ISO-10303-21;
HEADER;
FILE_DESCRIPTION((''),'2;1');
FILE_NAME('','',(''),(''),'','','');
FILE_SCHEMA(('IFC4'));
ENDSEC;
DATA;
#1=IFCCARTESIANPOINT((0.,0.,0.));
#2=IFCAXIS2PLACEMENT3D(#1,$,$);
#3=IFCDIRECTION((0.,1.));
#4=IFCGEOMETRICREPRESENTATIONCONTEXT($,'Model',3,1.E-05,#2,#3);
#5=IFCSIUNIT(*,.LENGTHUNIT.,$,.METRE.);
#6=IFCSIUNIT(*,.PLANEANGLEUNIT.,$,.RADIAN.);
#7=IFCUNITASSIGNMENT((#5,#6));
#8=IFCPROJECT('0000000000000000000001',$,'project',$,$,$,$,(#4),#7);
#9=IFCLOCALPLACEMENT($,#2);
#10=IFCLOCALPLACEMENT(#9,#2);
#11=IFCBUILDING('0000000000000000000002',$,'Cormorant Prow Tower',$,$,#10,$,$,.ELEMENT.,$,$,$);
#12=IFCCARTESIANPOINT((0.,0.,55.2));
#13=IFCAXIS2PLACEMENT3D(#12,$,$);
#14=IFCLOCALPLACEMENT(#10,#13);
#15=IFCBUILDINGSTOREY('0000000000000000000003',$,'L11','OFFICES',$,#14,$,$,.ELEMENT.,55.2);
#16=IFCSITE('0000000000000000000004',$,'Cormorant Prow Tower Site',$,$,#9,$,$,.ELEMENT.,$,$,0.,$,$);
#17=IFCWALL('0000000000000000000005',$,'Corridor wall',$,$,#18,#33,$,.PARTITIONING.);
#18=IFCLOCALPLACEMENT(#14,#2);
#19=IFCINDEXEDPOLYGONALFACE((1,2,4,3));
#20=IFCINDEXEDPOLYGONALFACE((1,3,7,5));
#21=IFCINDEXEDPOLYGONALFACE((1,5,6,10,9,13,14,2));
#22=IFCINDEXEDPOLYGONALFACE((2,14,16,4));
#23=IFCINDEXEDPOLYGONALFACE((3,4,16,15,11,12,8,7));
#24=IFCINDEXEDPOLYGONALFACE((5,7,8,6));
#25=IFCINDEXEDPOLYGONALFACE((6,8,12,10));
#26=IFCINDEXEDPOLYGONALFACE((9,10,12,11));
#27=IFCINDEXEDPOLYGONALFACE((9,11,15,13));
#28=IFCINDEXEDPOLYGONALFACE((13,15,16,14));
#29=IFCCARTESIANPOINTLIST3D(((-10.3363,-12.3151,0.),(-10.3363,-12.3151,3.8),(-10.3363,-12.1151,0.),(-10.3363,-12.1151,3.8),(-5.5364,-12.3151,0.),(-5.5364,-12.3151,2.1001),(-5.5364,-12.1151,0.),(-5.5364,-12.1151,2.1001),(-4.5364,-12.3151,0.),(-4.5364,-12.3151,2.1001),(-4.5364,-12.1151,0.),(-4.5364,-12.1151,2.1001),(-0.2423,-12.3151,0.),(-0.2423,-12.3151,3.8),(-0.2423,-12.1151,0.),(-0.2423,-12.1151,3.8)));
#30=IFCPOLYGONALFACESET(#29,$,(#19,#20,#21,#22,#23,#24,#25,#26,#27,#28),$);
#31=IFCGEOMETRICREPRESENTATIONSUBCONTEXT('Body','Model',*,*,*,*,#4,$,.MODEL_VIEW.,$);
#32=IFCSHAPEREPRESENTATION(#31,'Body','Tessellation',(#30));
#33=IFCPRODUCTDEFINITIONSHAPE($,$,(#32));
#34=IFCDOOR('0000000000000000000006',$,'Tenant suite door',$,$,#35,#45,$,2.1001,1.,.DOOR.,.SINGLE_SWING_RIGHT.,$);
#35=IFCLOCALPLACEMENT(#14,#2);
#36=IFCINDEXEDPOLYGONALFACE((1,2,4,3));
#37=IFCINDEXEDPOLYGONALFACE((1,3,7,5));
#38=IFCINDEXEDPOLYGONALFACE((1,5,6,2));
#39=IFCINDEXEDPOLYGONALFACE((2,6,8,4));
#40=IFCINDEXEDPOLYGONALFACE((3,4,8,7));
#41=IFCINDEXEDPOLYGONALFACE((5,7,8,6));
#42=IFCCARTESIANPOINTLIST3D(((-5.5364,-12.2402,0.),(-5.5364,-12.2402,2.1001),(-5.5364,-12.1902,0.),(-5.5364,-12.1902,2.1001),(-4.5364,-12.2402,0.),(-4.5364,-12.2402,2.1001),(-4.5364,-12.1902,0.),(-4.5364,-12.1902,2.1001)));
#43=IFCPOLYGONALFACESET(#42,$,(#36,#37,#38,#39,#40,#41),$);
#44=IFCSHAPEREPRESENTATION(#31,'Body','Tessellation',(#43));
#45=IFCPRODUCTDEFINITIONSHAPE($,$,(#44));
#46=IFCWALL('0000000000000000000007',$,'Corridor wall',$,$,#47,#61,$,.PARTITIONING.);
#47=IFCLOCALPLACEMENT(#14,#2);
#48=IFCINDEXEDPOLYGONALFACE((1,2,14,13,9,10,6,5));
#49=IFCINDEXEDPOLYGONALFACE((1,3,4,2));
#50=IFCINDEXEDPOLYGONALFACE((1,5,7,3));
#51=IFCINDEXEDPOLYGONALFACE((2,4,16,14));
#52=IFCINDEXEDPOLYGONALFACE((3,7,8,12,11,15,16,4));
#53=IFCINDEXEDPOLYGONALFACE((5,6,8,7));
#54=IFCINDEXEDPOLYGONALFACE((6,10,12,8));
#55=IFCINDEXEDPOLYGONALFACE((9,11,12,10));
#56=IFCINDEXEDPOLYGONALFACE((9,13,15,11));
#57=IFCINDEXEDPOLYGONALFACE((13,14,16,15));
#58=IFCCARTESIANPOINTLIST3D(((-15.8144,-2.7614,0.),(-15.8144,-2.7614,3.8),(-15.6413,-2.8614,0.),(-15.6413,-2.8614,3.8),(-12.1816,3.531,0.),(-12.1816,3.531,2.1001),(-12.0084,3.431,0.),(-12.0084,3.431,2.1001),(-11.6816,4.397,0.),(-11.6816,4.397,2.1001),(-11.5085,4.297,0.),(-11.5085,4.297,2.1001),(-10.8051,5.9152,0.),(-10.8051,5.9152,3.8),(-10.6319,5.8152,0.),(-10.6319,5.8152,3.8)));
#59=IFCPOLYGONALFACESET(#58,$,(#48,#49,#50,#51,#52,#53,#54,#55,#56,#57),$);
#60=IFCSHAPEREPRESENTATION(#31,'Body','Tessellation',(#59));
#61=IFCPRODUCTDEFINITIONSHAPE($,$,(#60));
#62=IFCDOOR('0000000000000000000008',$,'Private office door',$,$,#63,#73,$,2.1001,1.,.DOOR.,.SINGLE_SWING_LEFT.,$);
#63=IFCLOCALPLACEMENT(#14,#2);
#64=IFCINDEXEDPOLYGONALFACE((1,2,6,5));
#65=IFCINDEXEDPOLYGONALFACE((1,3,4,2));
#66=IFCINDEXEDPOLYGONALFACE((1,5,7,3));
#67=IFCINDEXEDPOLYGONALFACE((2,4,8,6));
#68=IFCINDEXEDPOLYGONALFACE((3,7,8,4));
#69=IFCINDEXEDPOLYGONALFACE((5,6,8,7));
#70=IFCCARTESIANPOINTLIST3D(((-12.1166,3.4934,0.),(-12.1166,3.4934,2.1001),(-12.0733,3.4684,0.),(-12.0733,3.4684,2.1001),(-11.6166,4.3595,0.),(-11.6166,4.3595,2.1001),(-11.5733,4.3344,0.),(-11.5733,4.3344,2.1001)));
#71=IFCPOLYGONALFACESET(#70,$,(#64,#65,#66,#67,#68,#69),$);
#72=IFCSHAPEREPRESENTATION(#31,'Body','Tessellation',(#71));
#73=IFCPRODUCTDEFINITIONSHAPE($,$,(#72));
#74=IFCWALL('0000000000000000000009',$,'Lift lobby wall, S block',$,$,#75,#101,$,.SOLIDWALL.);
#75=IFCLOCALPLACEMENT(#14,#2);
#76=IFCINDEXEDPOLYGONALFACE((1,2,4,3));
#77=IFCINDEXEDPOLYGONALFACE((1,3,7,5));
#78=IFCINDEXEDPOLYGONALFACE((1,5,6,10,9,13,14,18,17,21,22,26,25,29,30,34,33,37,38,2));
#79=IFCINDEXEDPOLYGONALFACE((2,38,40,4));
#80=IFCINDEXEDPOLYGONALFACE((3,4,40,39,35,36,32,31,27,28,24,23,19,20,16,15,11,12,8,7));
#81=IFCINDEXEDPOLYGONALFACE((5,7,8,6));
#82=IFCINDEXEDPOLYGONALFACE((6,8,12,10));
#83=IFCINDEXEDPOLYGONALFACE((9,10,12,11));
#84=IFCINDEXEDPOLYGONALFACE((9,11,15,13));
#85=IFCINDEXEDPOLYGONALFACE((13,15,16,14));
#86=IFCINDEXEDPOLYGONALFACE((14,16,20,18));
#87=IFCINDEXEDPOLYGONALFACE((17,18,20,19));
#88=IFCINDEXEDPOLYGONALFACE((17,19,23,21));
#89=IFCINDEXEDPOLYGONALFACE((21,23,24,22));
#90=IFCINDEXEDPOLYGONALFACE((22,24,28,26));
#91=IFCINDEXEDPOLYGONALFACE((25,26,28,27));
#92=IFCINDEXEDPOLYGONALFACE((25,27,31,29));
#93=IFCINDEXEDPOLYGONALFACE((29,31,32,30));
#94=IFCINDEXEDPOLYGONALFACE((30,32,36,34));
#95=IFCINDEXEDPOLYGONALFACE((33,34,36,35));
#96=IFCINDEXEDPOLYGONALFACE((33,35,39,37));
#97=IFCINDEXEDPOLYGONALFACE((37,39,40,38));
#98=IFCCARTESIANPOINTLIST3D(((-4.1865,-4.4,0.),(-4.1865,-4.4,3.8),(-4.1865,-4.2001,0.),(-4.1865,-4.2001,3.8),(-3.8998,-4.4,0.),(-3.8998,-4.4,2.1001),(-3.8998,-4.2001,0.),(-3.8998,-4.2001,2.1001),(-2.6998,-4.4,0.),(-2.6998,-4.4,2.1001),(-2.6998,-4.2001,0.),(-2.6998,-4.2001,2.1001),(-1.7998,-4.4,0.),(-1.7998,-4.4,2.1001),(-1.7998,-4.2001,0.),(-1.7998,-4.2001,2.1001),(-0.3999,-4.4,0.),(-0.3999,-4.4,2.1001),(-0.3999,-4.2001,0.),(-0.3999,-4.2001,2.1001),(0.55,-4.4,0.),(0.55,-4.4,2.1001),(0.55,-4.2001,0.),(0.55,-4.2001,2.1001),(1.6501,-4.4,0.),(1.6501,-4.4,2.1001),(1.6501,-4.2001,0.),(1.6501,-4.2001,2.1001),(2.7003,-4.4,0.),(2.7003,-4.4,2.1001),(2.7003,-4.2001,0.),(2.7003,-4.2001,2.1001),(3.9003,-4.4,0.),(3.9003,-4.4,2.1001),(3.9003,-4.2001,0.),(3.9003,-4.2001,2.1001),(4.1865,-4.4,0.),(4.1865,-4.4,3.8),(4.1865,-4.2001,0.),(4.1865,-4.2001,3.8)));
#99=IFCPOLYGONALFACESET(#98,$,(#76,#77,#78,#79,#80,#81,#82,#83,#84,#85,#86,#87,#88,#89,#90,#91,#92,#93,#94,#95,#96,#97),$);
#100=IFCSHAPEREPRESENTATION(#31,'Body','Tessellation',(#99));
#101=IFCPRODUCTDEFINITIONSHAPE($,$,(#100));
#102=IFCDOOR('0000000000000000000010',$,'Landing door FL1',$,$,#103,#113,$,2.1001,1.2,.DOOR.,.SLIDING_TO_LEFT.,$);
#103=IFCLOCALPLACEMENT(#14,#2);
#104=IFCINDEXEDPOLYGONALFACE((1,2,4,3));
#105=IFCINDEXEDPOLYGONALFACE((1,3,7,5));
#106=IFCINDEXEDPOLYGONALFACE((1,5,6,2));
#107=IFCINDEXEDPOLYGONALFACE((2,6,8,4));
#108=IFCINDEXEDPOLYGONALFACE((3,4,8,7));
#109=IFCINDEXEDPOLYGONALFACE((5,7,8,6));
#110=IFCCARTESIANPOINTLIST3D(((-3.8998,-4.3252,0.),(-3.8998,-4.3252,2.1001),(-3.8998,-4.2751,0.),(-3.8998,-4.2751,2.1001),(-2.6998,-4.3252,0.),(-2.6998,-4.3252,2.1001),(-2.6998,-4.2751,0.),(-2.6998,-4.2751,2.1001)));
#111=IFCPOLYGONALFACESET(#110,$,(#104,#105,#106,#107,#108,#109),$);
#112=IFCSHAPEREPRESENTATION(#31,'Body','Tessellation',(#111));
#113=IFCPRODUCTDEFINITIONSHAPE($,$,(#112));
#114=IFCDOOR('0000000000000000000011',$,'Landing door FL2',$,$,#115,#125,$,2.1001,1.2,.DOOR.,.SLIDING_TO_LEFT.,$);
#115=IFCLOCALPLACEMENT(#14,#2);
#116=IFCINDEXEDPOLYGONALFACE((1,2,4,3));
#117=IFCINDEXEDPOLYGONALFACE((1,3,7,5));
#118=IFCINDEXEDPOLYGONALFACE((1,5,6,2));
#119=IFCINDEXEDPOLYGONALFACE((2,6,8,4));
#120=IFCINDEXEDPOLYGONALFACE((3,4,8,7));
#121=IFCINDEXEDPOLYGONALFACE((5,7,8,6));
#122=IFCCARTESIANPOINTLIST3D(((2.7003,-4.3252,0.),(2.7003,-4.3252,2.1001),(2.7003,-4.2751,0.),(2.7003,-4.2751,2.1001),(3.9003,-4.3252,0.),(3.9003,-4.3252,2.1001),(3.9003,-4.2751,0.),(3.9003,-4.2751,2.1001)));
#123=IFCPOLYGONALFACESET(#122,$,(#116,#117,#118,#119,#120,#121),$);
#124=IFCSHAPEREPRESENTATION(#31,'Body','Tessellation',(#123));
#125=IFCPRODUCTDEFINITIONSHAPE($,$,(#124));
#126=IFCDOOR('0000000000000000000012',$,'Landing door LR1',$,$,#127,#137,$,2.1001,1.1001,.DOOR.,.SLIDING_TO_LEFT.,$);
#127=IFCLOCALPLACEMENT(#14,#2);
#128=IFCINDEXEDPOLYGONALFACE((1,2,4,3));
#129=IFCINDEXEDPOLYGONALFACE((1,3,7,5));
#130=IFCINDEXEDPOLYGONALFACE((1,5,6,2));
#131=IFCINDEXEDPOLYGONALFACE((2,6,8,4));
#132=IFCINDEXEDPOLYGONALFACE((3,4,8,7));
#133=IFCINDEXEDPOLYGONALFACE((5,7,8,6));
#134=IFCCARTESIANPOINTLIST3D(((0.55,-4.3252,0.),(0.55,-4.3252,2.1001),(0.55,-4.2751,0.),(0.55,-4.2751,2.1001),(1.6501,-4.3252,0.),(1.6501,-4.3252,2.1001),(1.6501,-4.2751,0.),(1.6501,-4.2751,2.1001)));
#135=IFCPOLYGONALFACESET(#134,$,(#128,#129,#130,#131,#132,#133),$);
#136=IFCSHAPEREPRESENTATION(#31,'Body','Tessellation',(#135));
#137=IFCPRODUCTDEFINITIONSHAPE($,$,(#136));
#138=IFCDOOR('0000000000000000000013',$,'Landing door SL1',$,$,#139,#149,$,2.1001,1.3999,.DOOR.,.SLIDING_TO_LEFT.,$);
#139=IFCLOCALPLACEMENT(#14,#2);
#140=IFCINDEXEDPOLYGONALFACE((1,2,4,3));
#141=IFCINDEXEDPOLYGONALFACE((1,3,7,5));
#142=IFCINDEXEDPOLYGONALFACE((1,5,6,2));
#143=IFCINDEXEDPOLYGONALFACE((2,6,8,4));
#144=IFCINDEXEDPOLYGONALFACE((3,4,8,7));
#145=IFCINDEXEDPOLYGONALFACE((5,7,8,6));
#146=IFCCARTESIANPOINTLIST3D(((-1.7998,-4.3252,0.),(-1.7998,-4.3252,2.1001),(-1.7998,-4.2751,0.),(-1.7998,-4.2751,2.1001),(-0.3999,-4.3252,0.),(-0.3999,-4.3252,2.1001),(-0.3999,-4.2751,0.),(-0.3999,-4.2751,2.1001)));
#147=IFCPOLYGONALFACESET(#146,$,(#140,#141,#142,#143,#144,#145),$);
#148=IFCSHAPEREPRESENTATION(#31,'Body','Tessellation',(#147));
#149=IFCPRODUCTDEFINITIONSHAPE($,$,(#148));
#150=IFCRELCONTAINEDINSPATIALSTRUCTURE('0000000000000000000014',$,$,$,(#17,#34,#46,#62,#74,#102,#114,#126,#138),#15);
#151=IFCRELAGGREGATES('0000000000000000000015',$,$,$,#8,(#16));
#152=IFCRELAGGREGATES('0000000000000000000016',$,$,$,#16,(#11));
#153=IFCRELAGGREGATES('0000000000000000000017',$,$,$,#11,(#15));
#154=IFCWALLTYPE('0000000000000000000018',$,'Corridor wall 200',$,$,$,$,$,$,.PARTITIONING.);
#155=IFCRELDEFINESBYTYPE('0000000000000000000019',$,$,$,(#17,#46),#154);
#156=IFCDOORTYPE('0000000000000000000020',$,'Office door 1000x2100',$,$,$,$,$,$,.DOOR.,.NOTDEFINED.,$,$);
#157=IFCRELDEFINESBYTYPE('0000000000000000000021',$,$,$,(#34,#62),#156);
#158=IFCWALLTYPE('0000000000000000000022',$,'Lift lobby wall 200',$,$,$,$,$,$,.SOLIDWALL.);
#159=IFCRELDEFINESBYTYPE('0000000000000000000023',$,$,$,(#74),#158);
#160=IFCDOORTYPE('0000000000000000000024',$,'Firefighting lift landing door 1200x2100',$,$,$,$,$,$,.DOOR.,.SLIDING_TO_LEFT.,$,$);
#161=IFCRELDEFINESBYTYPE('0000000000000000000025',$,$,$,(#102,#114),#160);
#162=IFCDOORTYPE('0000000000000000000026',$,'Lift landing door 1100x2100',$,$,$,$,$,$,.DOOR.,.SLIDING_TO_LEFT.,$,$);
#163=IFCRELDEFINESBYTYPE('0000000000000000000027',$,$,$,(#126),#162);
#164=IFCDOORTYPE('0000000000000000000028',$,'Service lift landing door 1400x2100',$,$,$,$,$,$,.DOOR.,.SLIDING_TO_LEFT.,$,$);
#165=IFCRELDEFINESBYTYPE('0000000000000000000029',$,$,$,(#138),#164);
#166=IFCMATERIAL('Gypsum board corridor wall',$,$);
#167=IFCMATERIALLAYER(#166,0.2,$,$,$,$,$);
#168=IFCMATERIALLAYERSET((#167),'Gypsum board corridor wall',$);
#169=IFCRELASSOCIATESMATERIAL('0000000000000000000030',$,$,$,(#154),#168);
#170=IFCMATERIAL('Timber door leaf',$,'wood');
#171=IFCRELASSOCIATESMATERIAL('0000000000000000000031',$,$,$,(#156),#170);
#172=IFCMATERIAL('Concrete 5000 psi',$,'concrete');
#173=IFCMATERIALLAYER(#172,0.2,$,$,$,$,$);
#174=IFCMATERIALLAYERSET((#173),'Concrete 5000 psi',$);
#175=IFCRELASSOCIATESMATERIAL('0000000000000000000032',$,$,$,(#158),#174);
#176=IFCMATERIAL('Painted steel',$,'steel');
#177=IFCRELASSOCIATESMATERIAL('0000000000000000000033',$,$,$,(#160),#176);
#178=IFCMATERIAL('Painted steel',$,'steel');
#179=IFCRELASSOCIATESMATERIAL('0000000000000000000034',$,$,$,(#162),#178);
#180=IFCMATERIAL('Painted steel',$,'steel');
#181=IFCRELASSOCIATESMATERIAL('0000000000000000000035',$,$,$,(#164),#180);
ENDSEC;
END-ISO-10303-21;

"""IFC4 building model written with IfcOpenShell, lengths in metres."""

from ifc_helpers import new_model, si_unit, direction, frame, frame_2d, origin, place, context, subcontext, project, spatial, rectangle, extrude, material, layer, layer_set, type_object, element, fill, save


model = new_model("IFC4")

# Units and contexts
model_context = context("Model", 3, precision=1e-05, world=origin(), true_north=direction((0.0, 1.0)))
body_context = subcontext(model_context, "Body", "Model", "MODEL_VIEW")
ifc_project = project(units=[si_unit("LENGTHUNIT", "METRE"), si_unit("PLANEANGLEUNIT", "RADIAN")], contexts=[model_context])

# Site, building, storey
site_placement = place(None, origin())
site = spatial("IfcSite", under=ifc_project, at=site_placement, Name="Cormorant Prow Tower Site", CompositionType="ELEMENT", RefElevation=0.0)
building_placement = place(site_placement, origin())
building = spatial("IfcBuilding", under=site, at=building_placement, Name="Cormorant Prow Tower", CompositionType="ELEMENT")
storey_placement = place(building_placement, frame((0.0, 0.0, 55.2)))
storey = spatial("IfcBuildingStorey", under=building, at=storey_placement, Name="L11", Description="OFFICES", CompositionType="ELEMENT", Elevation=55.2)

# Walls, openings, doors
ifc_material_1 = material(Name="Gypsum board corridor wall")
ifc_layer_1 = layer(ifc_material_1, 0.2)
ifc_layer_set_1 = layer_set([ifc_layer_1], Name="Gypsum board corridor wall")
wall_type_1 = type_object("IfcWallType", Name="Corridor wall 200", PredefinedType="PARTITIONING", material=ifc_layer_set_1)
wall_1_placement = place(storey_placement, frame((-10.3362, -12.2151, 0.0), z_axis=(0.0, 0.0, 1.0), x_axis=(1.0, 0.0, 0.0)))
wall_1 = element("IfcWall", 1, at=wall_1_placement, inside=storey, type_object=wall_type_1, Name="Corridor wall", PredefinedType="PARTITIONING", context=body_context, shape_type="SweptSolid", body=[
    extrude(rectangle(XDim=10.094, YDim=0.2, at=frame_2d((5.0469, 0.0))), origin(), (0.0, 0.0, 1.0), 3.8),
])
opening_1_placement = place(wall_1_placement, frame((4.7998, 0.0, 0.0)))
opening_1 = element("IfcOpeningElement", 2, at=opening_1_placement, cuts=wall_1, PredefinedType="OPENING", context=body_context, shape_type="SweptSolid", body=[
    extrude(rectangle(XDim=1.0, YDim=2.1001, at=frame_2d((0.5, 1.05))), frame((0.0, 0.1099, 0.0), z_axis=(0.0, -1.0, 0.0), x_axis=(1.0, 0.0, 0.0)), (0.0, 0.0, 1.0), 0.22),
])
ifc_material_2 = material(Name="Timber door leaf", Category="wood")
door_type_1 = type_object("IfcDoorType", Name="Office door 1000x2100", OperationType="NOTDEFINED", PredefinedType="DOOR", material=ifc_material_2)
door_1_placement = place(opening_1_placement, origin())
door_1 = element("IfcDoor", 3, at=door_1_placement, inside=storey, type_object=door_type_1, Name="Tenant suite door", OperationType="SINGLE_SWING_RIGHT", OverallHeight=2.1001, OverallWidth=1.0, PredefinedType="DOOR", context=body_context, shape_type="SweptSolid", body=[
    extrude(rectangle(XDim=1.0, YDim=2.1001, at=frame_2d((0.5, 1.05))), frame((0.0, 0.0249, 0.0), z_axis=(0.0, -1.0, 0.0), x_axis=(1.0, 0.0, 0.0)), (0.0, 0.0, 1.0), 0.05),
])
fill(opening_1, door_1)
wall_2_placement = place(storey_placement, frame((-15.7278, -2.8113, 0.0), z_axis=(0.0, 0.0, 1.0), x_axis=(0.499992, 0.86603, 0.0)))
wall_2 = element("IfcWall", 4, at=wall_2_placement, inside=storey, type_object=wall_type_1, Name="Corridor wall", PredefinedType="PARTITIONING", context=body_context, shape_type="SweptSolid", body=[
    extrude(rectangle(XDim=10.0188, YDim=0.2, at=frame_2d((5.0093, 0.0))), origin(), (0.0, 0.0, 1.0), 3.8),
])
opening_2_placement = place(wall_2_placement, frame((7.2656, 0.0, 0.0)))
opening_2 = element("IfcOpeningElement", 5, at=opening_2_placement, cuts=wall_2, PredefinedType="OPENING", context=body_context, shape_type="SweptSolid", body=[
    extrude(rectangle(XDim=1.0, YDim=2.1001, at=frame_2d((0.5, 1.05))), frame((0.0, 0.1099, 0.0), z_axis=(0.0, -1.0, 0.0), x_axis=(1.0, 0.0, 0.0)), (0.0, 0.0, 1.0), 0.22),
])
door_2_placement = place(opening_2_placement, origin())
door_2 = element("IfcDoor", 6, at=door_2_placement, inside=storey, type_object=door_type_1, Name="Private office door", OperationType="SINGLE_SWING_LEFT", OverallHeight=2.1001, OverallWidth=1.0, PredefinedType="DOOR", context=body_context, shape_type="SweptSolid", body=[
    extrude(rectangle(XDim=1.0, YDim=2.1001, at=frame_2d((0.5, 1.05))), frame((0.0, 0.0249, 0.0), z_axis=(0.0, -1.0, 0.0), x_axis=(1.0, 0.0, 0.0)), (0.0, 0.0, 1.0), 0.05),
])
fill(opening_2, door_2)

# Wall, openings, doors
ifc_material_3 = material(Name="Concrete 5000 psi", Category="concrete")
ifc_layer_2 = layer(ifc_material_3, 0.2)
ifc_layer_set_2 = layer_set([ifc_layer_2], Name="Concrete 5000 psi")
wall_type_2 = type_object("IfcWallType", Name="Lift lobby wall 200", PredefinedType="SOLIDWALL", material=ifc_layer_set_2)
wall_3_placement = place(storey_placement, frame((-4.1865, -4.3, 0.0), z_axis=(0.0, 0.0, 1.0), x_axis=(1.0, 0.0, 0.0)))
wall_3 = element("IfcWall", 7, at=wall_3_placement, inside=storey, type_object=wall_type_2, Name="Lift lobby wall, S block", PredefinedType="SOLIDWALL", context=body_context, shape_type="SweptSolid", body=[
    extrude(rectangle(XDim=8.373, YDim=0.2, at=frame_2d((4.1865, 0.0))), origin(), (0.0, 0.0, 1.0), 3.8),
])
opening_3_placement = place(wall_3_placement, frame((0.2866, 0.0, 0.0)))
opening_3 = element("IfcOpeningElement", 8, at=opening_3_placement, cuts=wall_3, PredefinedType="OPENING", context=body_context, shape_type="SweptSolid", body=[
    extrude(rectangle(XDim=1.2, YDim=2.1001, at=frame_2d((0.6001, 1.05))), frame((0.0, 0.1099, 0.0), z_axis=(0.0, -1.0, 0.0), x_axis=(1.0, 0.0, 0.0)), (0.0, 0.0, 1.0), 0.22),
])
opening_4_placement = place(wall_3_placement, frame((2.3867, 0.0, 0.0)))
opening_4 = element("IfcOpeningElement", 9, at=opening_4_placement, cuts=wall_3, PredefinedType="OPENING", context=body_context, shape_type="SweptSolid", body=[
    extrude(rectangle(XDim=1.3999, YDim=2.1001, at=frame_2d((0.7, 1.05))), frame((0.0, 0.1099, 0.0), z_axis=(0.0, -1.0, 0.0), x_axis=(1.0, 0.0, 0.0)), (0.0, 0.0, 1.0), 0.22),
])
opening_5_placement = place(wall_3_placement, frame((4.7366, 0.0, 0.0)))
opening_5 = element("IfcOpeningElement", 10, at=opening_5_placement, cuts=wall_3, PredefinedType="OPENING", context=body_context, shape_type="SweptSolid", body=[
    extrude(rectangle(XDim=1.1001, YDim=2.1001, at=frame_2d((0.55, 1.05))), frame((0.0, 0.1099, 0.0), z_axis=(0.0, -1.0, 0.0), x_axis=(1.0, 0.0, 0.0)), (0.0, 0.0, 1.0), 0.22),
])
opening_6_placement = place(wall_3_placement, frame((6.8867, 0.0, 0.0)))
opening_6 = element("IfcOpeningElement", 11, at=opening_6_placement, cuts=wall_3, PredefinedType="OPENING", context=body_context, shape_type="SweptSolid", body=[
    extrude(rectangle(XDim=1.2, YDim=2.1001, at=frame_2d((0.6001, 1.05))), frame((0.0, 0.1099, 0.0), z_axis=(0.0, -1.0, 0.0), x_axis=(1.0, 0.0, 0.0)), (0.0, 0.0, 1.0), 0.22),
])
ifc_material_4 = material(Name="Painted steel", Category="steel")
door_type_2 = type_object("IfcDoorType", Name="Firefighting lift landing door 1200x2100", OperationType="SLIDING_TO_LEFT", PredefinedType="DOOR", material=ifc_material_4)
door_3_placement = place(opening_3_placement, origin())
door_3 = element("IfcDoor", 12, at=door_3_placement, inside=storey, type_object=door_type_2, Name="Landing door FL1", OperationType="SLIDING_TO_LEFT", OverallHeight=2.1001, OverallWidth=1.2, PredefinedType="DOOR", context=body_context, shape_type="SweptSolid", body=[
    extrude(rectangle(XDim=1.2, YDim=2.1001, at=frame_2d((0.6001, 1.05))), frame((0.0, 0.0249, 0.0), z_axis=(0.0, -1.0, 0.0), x_axis=(1.0, 0.0, 0.0)), (0.0, 0.0, 1.0), 0.05),
])
fill(opening_3, door_3)
door_4_placement = place(opening_6_placement, origin())
door_4 = element("IfcDoor", 13, at=door_4_placement, inside=storey, type_object=door_type_2, Name="Landing door FL2", OperationType="SLIDING_TO_LEFT", OverallHeight=2.1001, OverallWidth=1.2, PredefinedType="DOOR", context=body_context, shape_type="SweptSolid", body=[
    extrude(rectangle(XDim=1.2, YDim=2.1001, at=frame_2d((0.6001, 1.05))), frame((0.0, 0.0249, 0.0), z_axis=(0.0, -1.0, 0.0), x_axis=(1.0, 0.0, 0.0)), (0.0, 0.0, 1.0), 0.05),
])
fill(opening_6, door_4)
ifc_material_5 = material(Name="Painted steel", Category="steel")
door_type_3 = type_object("IfcDoorType", Name="Lift landing door 1100x2100", OperationType="SLIDING_TO_LEFT", PredefinedType="DOOR", material=ifc_material_5)
door_5_placement = place(opening_5_placement, origin())
door_5 = element("IfcDoor", 14, at=door_5_placement, inside=storey, type_object=door_type_3, Name="Landing door LR1", OperationType="SLIDING_TO_LEFT", OverallHeight=2.1001, OverallWidth=1.1001, PredefinedType="DOOR", context=body_context, shape_type="SweptSolid", body=[
    extrude(rectangle(XDim=1.1001, YDim=2.1001, at=frame_2d((0.55, 1.05))), frame((0.0, 0.0249, 0.0), z_axis=(0.0, -1.0, 0.0), x_axis=(1.0, 0.0, 0.0)), (0.0, 0.0, 1.0), 0.05),
])
fill(opening_5, door_5)
ifc_material_6 = material(Name="Painted steel", Category="steel")
door_type_4 = type_object("IfcDoorType", Name="Service lift landing door 1400x2100", OperationType="SLIDING_TO_LEFT", PredefinedType="DOOR", material=ifc_material_6)
door_6_placement = place(opening_4_placement, origin())
door_6 = element("IfcDoor", 15, at=door_6_placement, inside=storey, type_object=door_type_4, Name="Landing door SL1", OperationType="SLIDING_TO_LEFT", OverallHeight=2.1001, OverallWidth=1.3999, PredefinedType="DOOR", context=body_context, shape_type="SweptSolid", body=[
    extrude(rectangle(XDim=1.3999, YDim=2.1001, at=frame_2d((0.7, 1.05))), frame((0.0, 0.0249, 0.0), z_axis=(0.0, -1.0, 0.0), x_axis=(1.0, 0.0, 0.0)), (0.0, 0.0, 1.0), 0.05),
])
fill(opening_4, door_6)

save(model, "model.ifc")
